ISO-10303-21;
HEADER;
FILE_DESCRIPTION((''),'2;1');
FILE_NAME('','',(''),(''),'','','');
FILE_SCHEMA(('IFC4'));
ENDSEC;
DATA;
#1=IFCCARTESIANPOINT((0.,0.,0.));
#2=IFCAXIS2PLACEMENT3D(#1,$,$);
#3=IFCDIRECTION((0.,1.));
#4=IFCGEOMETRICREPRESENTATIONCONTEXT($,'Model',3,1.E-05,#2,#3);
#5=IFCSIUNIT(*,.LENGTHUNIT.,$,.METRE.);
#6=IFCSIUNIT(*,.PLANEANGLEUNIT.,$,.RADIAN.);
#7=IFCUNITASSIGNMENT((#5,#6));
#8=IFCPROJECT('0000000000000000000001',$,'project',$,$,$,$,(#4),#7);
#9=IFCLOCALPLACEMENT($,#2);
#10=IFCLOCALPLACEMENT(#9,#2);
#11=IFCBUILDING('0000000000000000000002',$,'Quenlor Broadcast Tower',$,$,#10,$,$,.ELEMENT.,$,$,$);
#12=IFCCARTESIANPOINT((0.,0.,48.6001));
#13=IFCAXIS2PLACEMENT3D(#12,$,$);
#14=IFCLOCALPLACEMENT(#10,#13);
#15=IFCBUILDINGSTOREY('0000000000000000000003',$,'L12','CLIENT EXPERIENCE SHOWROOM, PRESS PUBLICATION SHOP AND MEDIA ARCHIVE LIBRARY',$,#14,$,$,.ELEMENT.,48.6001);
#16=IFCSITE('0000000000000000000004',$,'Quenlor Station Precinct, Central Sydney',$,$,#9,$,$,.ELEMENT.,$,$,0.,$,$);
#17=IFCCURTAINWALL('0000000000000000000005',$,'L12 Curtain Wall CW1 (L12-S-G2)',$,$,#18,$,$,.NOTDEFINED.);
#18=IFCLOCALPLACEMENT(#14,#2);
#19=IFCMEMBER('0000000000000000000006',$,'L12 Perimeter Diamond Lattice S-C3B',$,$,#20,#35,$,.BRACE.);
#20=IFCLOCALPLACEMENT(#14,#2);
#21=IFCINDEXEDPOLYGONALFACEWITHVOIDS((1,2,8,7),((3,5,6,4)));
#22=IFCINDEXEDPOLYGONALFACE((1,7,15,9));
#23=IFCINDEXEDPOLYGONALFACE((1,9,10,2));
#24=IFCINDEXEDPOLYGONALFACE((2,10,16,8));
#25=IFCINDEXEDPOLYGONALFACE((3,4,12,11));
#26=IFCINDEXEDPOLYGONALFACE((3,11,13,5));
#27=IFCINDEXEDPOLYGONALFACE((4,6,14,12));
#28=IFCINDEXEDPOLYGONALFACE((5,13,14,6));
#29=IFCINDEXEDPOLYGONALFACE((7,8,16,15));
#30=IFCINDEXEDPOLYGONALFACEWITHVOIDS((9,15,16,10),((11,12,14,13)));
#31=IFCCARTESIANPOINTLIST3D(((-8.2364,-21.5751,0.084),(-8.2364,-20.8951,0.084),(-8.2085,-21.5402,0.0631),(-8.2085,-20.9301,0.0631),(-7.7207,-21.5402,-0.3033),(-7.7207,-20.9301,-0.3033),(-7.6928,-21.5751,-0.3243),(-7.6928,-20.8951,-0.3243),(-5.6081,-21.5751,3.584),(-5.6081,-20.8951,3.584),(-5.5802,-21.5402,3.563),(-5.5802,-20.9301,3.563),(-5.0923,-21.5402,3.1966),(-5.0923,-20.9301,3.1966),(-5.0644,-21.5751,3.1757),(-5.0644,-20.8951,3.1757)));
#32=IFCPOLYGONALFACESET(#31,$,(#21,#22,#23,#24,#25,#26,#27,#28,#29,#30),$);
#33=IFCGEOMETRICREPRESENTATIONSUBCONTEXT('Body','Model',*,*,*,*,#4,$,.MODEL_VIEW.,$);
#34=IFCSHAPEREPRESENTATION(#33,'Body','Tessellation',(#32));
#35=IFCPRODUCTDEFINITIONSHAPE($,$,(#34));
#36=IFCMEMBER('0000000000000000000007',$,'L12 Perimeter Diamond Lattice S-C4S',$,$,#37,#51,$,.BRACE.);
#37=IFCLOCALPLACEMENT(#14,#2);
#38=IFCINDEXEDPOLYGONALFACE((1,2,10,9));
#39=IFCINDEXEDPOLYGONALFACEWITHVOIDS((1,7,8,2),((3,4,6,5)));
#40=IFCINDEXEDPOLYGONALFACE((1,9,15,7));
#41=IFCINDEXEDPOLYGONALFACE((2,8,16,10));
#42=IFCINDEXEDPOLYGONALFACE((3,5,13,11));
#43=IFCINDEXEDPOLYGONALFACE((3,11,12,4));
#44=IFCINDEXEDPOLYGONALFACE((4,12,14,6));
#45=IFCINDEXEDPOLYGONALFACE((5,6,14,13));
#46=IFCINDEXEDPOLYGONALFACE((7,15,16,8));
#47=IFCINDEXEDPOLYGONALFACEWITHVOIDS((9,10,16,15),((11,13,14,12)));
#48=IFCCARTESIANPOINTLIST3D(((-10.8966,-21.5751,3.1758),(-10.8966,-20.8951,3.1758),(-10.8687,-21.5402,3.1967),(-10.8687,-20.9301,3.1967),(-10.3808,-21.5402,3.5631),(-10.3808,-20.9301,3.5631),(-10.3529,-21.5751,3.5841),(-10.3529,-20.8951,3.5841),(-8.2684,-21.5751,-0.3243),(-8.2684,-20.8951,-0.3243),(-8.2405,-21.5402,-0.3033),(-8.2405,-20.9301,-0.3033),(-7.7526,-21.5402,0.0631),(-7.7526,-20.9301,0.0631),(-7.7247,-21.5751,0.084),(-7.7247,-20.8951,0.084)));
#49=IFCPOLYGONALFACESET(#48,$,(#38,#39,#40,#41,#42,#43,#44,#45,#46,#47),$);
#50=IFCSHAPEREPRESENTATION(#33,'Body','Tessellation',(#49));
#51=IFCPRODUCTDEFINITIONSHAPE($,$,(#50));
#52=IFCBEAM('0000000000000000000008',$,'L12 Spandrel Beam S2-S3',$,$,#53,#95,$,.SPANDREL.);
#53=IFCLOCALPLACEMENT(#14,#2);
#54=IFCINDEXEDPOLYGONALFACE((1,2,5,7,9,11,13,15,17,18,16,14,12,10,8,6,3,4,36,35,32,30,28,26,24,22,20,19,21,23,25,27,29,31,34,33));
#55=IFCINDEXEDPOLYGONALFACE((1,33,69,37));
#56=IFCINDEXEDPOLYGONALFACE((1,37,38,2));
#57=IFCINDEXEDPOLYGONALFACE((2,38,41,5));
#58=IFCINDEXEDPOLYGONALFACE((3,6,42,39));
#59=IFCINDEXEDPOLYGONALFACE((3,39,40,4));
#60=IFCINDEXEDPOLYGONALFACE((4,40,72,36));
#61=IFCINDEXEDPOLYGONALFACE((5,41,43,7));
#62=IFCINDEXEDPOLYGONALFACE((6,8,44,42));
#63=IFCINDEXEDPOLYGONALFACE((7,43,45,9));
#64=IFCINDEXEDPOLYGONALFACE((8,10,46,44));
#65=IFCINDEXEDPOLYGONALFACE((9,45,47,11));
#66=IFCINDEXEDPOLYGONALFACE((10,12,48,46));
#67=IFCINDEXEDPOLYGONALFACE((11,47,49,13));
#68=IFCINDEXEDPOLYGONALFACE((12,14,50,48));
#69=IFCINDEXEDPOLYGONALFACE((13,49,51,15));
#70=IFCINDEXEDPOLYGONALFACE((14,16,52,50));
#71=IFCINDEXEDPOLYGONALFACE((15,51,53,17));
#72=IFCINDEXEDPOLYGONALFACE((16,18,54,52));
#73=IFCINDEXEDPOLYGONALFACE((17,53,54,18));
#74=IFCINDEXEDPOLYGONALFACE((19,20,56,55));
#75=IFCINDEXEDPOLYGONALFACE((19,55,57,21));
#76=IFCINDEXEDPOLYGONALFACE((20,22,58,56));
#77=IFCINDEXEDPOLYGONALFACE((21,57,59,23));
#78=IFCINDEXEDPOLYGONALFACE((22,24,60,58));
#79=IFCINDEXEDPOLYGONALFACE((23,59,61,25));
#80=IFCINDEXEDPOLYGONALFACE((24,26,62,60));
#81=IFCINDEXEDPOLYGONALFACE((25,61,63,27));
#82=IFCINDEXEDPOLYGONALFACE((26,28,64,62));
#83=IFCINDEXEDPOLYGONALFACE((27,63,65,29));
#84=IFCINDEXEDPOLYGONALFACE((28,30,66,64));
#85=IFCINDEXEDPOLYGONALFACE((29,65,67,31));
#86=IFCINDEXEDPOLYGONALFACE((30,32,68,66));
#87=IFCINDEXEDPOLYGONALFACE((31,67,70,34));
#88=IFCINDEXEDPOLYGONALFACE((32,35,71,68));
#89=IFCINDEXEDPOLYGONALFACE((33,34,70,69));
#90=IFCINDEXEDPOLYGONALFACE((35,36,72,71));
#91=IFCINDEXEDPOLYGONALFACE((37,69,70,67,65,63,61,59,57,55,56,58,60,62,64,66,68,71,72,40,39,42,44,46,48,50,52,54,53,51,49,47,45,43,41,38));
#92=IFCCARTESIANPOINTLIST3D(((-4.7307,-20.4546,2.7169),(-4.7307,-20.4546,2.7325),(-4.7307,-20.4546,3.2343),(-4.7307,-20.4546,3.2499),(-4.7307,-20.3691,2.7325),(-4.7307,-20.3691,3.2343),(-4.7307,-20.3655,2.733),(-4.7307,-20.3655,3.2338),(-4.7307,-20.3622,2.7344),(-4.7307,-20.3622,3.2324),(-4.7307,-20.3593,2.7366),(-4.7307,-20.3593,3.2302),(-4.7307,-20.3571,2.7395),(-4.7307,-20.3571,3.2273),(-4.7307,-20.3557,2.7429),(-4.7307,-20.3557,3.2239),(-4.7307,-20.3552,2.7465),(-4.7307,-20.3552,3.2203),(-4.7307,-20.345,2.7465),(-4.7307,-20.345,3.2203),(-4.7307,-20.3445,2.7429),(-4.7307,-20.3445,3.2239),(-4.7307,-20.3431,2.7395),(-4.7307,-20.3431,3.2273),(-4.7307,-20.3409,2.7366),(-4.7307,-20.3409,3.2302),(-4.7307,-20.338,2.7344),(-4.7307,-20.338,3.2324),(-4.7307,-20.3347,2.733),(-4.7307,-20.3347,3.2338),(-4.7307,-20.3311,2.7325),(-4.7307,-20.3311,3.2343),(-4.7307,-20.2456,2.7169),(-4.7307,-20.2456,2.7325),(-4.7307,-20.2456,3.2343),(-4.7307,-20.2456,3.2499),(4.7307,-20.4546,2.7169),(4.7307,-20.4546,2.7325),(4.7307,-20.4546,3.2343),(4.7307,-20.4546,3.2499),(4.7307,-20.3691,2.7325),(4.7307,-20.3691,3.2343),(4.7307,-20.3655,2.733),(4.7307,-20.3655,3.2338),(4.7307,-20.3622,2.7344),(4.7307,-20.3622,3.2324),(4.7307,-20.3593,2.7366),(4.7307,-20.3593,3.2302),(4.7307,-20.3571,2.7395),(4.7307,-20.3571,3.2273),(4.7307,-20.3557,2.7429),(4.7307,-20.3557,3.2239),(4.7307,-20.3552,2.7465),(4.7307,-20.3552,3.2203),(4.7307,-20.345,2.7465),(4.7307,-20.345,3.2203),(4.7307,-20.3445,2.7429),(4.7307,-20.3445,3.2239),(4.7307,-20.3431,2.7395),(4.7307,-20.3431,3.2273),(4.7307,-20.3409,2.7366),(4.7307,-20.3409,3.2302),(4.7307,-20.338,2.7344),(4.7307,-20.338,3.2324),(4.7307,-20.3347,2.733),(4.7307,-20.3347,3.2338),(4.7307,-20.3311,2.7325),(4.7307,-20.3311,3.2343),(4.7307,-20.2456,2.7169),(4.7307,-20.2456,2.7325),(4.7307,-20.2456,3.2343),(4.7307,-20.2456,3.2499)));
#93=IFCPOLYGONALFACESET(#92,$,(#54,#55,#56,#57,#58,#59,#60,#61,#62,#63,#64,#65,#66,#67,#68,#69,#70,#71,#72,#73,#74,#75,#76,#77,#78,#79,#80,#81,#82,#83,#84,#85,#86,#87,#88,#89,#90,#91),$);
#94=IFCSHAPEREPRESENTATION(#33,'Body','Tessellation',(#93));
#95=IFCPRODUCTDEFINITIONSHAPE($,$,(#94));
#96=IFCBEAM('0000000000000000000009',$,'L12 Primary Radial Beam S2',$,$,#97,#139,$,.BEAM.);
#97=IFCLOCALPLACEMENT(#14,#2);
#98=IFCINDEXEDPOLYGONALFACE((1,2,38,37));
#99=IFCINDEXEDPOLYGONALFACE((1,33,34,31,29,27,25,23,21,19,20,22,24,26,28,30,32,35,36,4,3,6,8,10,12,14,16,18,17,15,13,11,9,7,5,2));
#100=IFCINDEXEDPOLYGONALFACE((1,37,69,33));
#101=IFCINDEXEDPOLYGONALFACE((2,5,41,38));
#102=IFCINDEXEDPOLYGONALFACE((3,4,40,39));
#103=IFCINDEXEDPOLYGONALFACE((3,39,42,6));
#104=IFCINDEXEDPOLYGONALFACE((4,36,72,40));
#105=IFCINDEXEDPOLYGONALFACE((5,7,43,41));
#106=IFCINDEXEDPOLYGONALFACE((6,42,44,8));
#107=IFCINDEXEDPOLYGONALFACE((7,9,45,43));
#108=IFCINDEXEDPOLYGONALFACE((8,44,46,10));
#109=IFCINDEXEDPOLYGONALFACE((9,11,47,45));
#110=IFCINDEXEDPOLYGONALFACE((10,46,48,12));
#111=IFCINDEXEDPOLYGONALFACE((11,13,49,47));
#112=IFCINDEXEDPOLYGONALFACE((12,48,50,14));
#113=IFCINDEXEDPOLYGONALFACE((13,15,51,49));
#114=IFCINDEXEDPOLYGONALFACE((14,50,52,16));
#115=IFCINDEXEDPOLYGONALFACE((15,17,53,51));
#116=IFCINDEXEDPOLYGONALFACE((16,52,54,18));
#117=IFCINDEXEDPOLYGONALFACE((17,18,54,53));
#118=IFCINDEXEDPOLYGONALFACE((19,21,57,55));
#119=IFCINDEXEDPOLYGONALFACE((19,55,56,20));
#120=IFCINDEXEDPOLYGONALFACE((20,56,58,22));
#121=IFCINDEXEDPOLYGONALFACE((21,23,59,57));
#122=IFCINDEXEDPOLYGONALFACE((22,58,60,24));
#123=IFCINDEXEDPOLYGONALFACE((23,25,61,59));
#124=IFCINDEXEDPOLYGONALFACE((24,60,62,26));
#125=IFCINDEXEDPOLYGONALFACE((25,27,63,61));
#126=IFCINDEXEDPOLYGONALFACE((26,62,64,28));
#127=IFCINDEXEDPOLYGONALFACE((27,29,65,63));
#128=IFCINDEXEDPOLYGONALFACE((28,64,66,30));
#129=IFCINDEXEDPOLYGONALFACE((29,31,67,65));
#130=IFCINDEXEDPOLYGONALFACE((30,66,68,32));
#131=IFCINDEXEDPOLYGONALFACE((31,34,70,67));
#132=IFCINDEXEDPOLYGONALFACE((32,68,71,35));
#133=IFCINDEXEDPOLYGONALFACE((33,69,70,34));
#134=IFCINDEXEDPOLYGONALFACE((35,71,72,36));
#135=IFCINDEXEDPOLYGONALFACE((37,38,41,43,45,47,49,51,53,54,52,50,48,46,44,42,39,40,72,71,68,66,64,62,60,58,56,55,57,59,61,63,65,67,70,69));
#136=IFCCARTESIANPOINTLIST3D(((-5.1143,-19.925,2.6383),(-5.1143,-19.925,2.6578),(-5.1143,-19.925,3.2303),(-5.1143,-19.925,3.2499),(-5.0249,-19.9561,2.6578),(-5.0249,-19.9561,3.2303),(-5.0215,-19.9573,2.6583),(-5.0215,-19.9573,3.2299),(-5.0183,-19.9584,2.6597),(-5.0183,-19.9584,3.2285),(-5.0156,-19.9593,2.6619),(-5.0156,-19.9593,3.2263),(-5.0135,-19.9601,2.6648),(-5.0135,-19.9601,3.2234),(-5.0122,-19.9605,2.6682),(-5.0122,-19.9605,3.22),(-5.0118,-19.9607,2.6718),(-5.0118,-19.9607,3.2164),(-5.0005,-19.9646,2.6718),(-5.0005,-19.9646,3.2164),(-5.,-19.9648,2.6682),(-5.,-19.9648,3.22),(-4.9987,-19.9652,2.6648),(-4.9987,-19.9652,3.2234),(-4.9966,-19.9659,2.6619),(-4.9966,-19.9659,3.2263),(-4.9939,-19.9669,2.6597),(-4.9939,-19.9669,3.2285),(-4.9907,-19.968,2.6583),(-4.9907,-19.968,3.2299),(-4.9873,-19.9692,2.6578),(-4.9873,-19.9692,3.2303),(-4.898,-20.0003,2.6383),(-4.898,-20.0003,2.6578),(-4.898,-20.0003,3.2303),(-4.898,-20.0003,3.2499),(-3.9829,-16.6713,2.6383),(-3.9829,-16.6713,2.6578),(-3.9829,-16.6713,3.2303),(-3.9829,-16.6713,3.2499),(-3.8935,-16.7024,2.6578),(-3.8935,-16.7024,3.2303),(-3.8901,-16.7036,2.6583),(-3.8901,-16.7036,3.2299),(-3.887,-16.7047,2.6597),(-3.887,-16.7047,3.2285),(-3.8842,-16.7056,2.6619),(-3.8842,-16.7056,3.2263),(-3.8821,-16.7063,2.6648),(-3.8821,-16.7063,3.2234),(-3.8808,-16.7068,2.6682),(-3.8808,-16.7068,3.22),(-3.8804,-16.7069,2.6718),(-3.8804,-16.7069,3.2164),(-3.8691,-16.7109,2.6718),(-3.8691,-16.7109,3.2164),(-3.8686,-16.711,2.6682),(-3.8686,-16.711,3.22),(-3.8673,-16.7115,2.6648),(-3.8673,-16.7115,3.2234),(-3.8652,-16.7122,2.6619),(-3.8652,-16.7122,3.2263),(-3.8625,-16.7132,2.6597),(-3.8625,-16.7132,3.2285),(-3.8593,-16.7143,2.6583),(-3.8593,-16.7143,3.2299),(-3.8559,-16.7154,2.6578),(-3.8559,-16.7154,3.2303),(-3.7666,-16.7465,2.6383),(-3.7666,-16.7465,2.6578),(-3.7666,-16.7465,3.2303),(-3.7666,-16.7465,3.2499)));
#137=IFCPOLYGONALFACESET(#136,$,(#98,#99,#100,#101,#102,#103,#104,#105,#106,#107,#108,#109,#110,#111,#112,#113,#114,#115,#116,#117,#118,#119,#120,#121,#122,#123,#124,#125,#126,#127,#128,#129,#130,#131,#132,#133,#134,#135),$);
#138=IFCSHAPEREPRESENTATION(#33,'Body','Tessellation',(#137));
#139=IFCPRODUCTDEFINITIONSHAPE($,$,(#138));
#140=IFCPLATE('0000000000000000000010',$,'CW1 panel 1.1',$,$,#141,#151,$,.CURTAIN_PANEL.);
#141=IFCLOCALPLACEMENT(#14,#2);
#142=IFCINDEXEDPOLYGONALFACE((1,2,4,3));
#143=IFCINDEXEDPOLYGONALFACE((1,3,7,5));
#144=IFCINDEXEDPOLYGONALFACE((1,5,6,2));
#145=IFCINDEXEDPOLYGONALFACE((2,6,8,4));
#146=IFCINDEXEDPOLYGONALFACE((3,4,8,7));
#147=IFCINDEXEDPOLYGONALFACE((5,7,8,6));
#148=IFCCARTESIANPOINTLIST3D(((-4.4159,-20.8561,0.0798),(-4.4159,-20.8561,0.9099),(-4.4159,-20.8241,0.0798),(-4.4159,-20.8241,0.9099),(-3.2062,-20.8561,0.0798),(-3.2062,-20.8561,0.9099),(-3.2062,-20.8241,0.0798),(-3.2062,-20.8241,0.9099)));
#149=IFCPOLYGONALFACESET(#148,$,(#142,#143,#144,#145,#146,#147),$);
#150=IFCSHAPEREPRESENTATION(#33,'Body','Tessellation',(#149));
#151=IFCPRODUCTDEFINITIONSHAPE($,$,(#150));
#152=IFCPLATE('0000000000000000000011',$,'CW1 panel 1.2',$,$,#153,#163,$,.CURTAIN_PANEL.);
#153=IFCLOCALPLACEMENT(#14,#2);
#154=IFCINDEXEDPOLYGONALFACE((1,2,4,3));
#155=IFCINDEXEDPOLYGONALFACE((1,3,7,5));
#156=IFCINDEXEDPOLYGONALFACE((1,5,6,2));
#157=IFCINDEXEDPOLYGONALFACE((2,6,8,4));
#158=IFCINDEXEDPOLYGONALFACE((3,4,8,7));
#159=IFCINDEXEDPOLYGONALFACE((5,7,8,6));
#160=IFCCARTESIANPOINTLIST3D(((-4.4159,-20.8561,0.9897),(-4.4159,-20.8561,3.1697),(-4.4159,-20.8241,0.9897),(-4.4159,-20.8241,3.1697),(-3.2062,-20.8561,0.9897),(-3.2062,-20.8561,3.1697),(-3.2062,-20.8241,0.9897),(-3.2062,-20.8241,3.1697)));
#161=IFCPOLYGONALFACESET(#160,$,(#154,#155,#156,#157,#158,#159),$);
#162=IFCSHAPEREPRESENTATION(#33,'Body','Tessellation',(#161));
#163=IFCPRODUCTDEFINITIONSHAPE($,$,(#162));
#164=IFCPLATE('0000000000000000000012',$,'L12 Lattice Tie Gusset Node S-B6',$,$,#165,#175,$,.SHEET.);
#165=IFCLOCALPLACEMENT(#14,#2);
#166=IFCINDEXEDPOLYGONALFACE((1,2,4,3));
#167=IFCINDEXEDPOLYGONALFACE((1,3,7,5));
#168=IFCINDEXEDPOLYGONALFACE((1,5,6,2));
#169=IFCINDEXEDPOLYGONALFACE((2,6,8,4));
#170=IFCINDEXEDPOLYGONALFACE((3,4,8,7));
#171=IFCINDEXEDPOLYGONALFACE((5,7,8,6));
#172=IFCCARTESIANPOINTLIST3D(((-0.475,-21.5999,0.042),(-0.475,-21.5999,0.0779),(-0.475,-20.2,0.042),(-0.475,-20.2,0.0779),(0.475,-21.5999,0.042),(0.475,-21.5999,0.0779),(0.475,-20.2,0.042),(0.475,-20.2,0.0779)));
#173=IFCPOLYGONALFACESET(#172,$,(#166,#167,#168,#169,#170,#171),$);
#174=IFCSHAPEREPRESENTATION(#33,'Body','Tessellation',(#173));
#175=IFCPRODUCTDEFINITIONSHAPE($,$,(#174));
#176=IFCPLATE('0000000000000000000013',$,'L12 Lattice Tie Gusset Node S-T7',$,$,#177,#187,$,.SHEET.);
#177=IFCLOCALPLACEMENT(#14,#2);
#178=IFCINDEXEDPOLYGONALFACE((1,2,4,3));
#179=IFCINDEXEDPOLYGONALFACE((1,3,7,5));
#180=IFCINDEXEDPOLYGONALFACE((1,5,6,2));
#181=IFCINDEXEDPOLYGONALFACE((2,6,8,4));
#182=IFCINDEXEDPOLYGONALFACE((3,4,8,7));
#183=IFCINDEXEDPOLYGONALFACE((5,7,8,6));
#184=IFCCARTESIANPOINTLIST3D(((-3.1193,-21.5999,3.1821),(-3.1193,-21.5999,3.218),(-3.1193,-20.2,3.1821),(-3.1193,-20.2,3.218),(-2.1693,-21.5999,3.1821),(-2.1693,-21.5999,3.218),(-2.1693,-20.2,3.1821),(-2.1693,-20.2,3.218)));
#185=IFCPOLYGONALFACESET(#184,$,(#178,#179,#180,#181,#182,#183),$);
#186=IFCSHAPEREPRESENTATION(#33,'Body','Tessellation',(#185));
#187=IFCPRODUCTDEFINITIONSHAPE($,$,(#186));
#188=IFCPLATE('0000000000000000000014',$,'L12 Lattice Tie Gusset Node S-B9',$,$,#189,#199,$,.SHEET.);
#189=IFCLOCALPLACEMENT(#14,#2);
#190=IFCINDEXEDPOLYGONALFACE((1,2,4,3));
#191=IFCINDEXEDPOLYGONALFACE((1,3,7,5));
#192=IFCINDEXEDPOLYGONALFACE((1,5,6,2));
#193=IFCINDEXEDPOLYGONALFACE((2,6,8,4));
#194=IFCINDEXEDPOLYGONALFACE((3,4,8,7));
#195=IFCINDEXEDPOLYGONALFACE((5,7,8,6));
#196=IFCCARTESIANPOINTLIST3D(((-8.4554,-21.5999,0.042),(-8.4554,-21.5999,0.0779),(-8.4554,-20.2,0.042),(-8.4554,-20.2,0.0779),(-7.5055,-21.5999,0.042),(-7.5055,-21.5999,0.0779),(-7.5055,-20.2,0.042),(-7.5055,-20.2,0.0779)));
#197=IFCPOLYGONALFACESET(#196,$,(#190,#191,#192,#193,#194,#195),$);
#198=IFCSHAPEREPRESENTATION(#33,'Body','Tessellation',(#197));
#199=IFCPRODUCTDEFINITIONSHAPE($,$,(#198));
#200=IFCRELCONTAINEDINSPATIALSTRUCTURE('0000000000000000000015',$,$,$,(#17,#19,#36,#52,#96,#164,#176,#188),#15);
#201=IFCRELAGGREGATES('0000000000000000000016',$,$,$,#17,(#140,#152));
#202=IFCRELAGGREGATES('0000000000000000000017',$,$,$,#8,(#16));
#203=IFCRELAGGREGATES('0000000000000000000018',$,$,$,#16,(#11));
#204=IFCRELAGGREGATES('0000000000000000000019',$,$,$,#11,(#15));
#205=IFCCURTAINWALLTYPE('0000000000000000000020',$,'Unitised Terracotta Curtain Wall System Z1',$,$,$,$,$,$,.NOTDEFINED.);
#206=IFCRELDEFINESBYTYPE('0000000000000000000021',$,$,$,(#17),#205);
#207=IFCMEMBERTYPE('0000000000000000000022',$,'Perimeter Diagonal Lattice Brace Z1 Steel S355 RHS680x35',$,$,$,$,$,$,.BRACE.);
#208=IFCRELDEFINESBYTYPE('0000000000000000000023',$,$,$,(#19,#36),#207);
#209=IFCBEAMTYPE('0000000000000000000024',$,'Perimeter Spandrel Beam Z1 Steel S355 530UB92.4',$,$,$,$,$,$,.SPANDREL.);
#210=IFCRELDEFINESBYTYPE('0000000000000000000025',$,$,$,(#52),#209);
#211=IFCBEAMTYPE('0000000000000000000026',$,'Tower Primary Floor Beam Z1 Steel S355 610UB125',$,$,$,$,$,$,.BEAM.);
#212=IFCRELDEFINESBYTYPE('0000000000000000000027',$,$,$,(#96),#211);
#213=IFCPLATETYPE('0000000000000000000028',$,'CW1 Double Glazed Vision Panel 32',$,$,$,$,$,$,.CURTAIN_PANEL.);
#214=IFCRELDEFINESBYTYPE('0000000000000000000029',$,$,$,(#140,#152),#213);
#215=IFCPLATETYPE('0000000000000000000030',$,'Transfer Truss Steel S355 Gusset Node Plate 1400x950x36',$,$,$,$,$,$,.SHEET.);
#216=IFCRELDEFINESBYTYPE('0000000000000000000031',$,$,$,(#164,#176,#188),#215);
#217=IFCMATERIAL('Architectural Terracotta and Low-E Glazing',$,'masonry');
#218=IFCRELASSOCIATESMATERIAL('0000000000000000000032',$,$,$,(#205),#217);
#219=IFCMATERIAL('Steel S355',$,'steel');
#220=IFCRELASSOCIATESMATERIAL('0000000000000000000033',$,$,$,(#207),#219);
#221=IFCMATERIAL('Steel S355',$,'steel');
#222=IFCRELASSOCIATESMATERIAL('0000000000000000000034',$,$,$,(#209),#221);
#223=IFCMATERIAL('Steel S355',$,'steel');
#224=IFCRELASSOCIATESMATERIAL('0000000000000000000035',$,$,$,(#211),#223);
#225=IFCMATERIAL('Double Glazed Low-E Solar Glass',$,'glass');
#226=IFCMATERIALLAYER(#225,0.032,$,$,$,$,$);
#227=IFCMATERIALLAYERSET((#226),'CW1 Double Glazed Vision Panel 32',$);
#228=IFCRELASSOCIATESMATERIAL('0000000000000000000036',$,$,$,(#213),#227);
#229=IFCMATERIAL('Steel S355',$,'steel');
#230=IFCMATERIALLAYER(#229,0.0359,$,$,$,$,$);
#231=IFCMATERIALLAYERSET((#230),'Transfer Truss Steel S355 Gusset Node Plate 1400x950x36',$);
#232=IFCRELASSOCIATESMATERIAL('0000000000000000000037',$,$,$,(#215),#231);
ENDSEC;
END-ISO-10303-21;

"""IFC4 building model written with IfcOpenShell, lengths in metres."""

from ifc_helpers import new_model, si_unit, direction, frame, origin, origin_2d, place, context, subcontext, project, spatial, rectangle, hollow_rectangle, i_section, extrude, material, layer, layer_set, material_profile, profile_set, type_object, element, aggregate, save


model = new_model("IFC4")

# Units and contexts
model_context = context("Model", 3, precision=1e-05, world=origin(), true_north=direction((0.0, 1.0)))
body_context = subcontext(model_context, "Body", "Model", "MODEL_VIEW")
ifc_project = project(units=[si_unit("LENGTHUNIT", "METRE"), si_unit("PLANEANGLEUNIT", "RADIAN")], contexts=[model_context])

# Site, building, storey
site_placement = place(None, origin())
site = spatial("IfcSite", under=ifc_project, at=site_placement, Name="Quenlor Station Precinct, Central Sydney", CompositionType="ELEMENT", RefElevation=0.0)
building_placement = place(site_placement, origin())
building = spatial("IfcBuilding", under=site, at=building_placement, Name="Quenlor Broadcast Tower", CompositionType="ELEMENT")
storey_placement = place(building_placement, frame((0.0, 0.0, 48.6001)))
storey = spatial("IfcBuildingStorey", under=building, at=storey_placement, Name="L12", Description="CLIENT EXPERIENCE SHOWROOM, PRESS PUBLICATION SHOP AND MEDIA ARCHIVE LIBRARY", CompositionType="ELEMENT", Elevation=48.6001)

# Shared definitions
ifc_material_1 = material(Name="Architectural Terracotta and Low-E Glazing", Category="masonry")
curtain_wall_type = type_object("IfcCurtainWallType", Name="Unitised Terracotta Curtain Wall System Z1", PredefinedType="NOTDEFINED", material=ifc_material_1)

# Curtain wall
curtain_wall_1_placement = place(storey_placement, origin())
curtain_wall_1 = element("IfcCurtainWall", 1, at=curtain_wall_1_placement, inside=storey, type_object=curtain_wall_type, Name="L12 Curtain Wall CW1 (L12-S-G2)", PredefinedType="NOTDEFINED")

# Members
ifc_material_2 = material(Name="Steel S355", Category="steel")
ifc_material_profile_1 = material_profile(ifc_material_2, hollow_rectangle(XDim=0.6799, YDim=0.6799, WallThickness=0.0349, at=origin_2d()))
ifc_profile_set_1 = profile_set([ifc_material_profile_1], Name="Steel S355 RHS680x680x35")
member_type_1 = type_object("IfcMemberType", Name="Perimeter Diagonal Lattice Brace Z1 Steel S355 RHS680x35", PredefinedType="BRACE", material=ifc_profile_set_1)
for number, where, z_axis, x_axis, name in (
    (2, (-7.9646, -21.2351, -0.1201), (0.6005, 0.0, 0.799625), (0.0, 1.0, 0.0), "L12 Perimeter Diamond Lattice S-C3B"),
    (3, (-7.9966, -21.2351, -0.1201), (-0.600464, 0.0, 0.799652), (0.0, -1.0, 0.0), "L12 Perimeter Diamond Lattice S-C4S"),
):
    element("IfcMember", number, at=place(storey_placement, frame(where, z_axis=z_axis, x_axis=x_axis)), inside=storey, type_object=member_type_1, Name=name, PredefinedType="BRACE", context=body_context, shape_type="SweptSolid", body=[
        extrude(hollow_rectangle(XDim=0.6799, YDim=0.6799, WallThickness=0.0349, at=origin_2d()), origin(), (0.0, 0.0, 1.0), 4.377),
    ])

# Beams
ifc_material_3 = material(Name="Steel S355", Category="steel")
ifc_material_profile_2 = material_profile(ifc_material_3, i_section(OverallWidth=0.209, OverallDepth=0.533, WebThickness=0.0103, FlangeThickness=0.0156, FilletRadius=0.0139, at=origin_2d()))
ifc_profile_set_2 = profile_set([ifc_material_profile_2], Name="Steel S355 530UB92.4")
beam_type_1 = type_object("IfcBeamType", Name="Perimeter Spandrel Beam Z1 Steel S355 530UB92.4", PredefinedType="SPANDREL", material=ifc_profile_set_2)
beam_1_placement = place(storey_placement, frame((-4.7307, -20.3501, 2.9834), z_axis=(1.0, 0.0, 0.0), x_axis=(0.0, 1.0, 0.0)))
element("IfcBeam", 4, at=beam_1_placement, inside=storey, type_object=beam_type_1, Name="L12 Spandrel Beam S2-S3", PredefinedType="SPANDREL", context=body_context, shape_type="SweptSolid", body=[
    extrude(i_section(OverallWidth=0.209, OverallDepth=0.533, WebThickness=0.0103, FlangeThickness=0.0156, FilletRadius=0.0139, at=origin_2d()), origin(), (0.0, 0.0, 1.0), 9.4614),
])
ifc_material_4 = material(Name="Steel S355", Category="steel")
ifc_material_profile_3 = material_profile(ifc_material_4, i_section(OverallWidth=0.229, OverallDepth=0.6116, WebThickness=0.012, FlangeThickness=0.0195, FilletRadius=0.0139, at=origin_2d()))
ifc_profile_set_3 = profile_set([ifc_material_profile_3], Name="Steel S355 610UB125")
beam_type_2 = type_object("IfcBeamType", Name="Tower Primary Floor Beam Z1 Steel S355 610UB125", PredefinedType="BEAM", material=ifc_profile_set_3)
beam_2_placement = place(storey_placement, frame((-5.0061, -19.9626, 2.9441), z_axis=(0.328427, 0.944529, 0.0), x_axis=(-0.944529, 0.328427, 0.0)))
element("IfcBeam", 5, at=beam_2_placement, inside=storey, type_object=beam_type_2, Name="L12 Primary Radial Beam S2", PredefinedType="BEAM", context=body_context, shape_type="SweptSolid", body=[
    extrude(i_section(OverallWidth=0.229, OverallDepth=0.6116, WebThickness=0.012, FlangeThickness=0.0195, FilletRadius=0.0139, at=origin_2d()), origin(), (0.0, 0.0, 1.0), 3.4448),
])

# Plates
ifc_material_5 = material(Name="Double Glazed Low-E Solar Glass", Category="glass")
ifc_layer_1 = layer(ifc_material_5, 0.032)
ifc_layer_set_1 = layer_set([ifc_layer_1], Name="CW1 Double Glazed Vision Panel 32")
plate_type_1 = type_object("IfcPlateType", Name="CW1 Double Glazed Vision Panel 32", PredefinedType="CURTAIN_PANEL", material=ifc_layer_set_1)
plate_1_placement = place(storey_placement, frame((-3.811, -20.8401, 0.0798), z_axis=(0.0, 0.0, 1.0), x_axis=(-1.0, 0.0, 0.0)))
plate_1 = element("IfcPlate", 6, at=plate_1_placement, type_object=plate_type_1, Name="CW1 panel 1.1", PredefinedType="CURTAIN_PANEL", context=body_context, shape_type="SweptSolid", body=[
    extrude(rectangle(XDim=1.2097, YDim=0.032, at=origin_2d()), origin(), (0.0, 0.0, 1.0), 0.8301),
])
plate_2_placement = place(storey_placement, frame((-3.811, -20.8401, 0.9897), z_axis=(0.0, 0.0, 1.0), x_axis=(-1.0, 0.0, 0.0)))
plate_2 = element("IfcPlate", 7, at=plate_2_placement, type_object=plate_type_1, Name="CW1 panel 1.2", PredefinedType="CURTAIN_PANEL", context=body_context, shape_type="SweptSolid", body=[
    extrude(rectangle(XDim=1.2097, YDim=0.032, at=origin_2d()), origin(), (0.0, 0.0, 1.0), 2.1799),
])
aggregate(curtain_wall_1, [plate_1, plate_2])

# Plates
ifc_material_6 = material(Name="Steel S355", Category="steel")
ifc_layer_2 = layer(ifc_material_6, 0.0359)
ifc_layer_set_2 = layer_set([ifc_layer_2], Name="Transfer Truss Steel S355 Gusset Node Plate 1400x950x36")
plate_type_2 = type_object("IfcPlateType", Name="Transfer Truss Steel S355 Gusset Node Plate 1400x950x36", PredefinedType="SHEET", material=ifc_layer_set_2)
for number, where, z_axis, x_axis, name in (
    (8, (0.0, -20.8999, 0.042), (0.0, 0.0, 1.0), (0.0, -1.0, 0.0), "L12 Lattice Tie Gusset Node S-B6"),
    (9, (-2.6443, -20.8999, 3.1821), (0.0, 0.0, 1.0), (0.0, -1.0, 0.0), "L12 Lattice Tie Gusset Node S-T7"),
    (10, (-7.9805, -20.8999, 0.042), (0.0, 0.0, 1.0), (0.0, -1.0, 0.0), "L12 Lattice Tie Gusset Node S-B9"),
):
    element("IfcPlate", number, at=place(storey_placement, frame(where, z_axis=z_axis, x_axis=x_axis)), inside=storey, type_object=plate_type_2, Name=name, PredefinedType="SHEET", context=body_context, shape_type="SweptSolid", body=[
        extrude(rectangle(XDim=1.3999, YDim=0.95, at=origin_2d()), origin(), (0.0, 0.0, 1.0), 0.0359),
    ])

save(model, "model.ifc")
